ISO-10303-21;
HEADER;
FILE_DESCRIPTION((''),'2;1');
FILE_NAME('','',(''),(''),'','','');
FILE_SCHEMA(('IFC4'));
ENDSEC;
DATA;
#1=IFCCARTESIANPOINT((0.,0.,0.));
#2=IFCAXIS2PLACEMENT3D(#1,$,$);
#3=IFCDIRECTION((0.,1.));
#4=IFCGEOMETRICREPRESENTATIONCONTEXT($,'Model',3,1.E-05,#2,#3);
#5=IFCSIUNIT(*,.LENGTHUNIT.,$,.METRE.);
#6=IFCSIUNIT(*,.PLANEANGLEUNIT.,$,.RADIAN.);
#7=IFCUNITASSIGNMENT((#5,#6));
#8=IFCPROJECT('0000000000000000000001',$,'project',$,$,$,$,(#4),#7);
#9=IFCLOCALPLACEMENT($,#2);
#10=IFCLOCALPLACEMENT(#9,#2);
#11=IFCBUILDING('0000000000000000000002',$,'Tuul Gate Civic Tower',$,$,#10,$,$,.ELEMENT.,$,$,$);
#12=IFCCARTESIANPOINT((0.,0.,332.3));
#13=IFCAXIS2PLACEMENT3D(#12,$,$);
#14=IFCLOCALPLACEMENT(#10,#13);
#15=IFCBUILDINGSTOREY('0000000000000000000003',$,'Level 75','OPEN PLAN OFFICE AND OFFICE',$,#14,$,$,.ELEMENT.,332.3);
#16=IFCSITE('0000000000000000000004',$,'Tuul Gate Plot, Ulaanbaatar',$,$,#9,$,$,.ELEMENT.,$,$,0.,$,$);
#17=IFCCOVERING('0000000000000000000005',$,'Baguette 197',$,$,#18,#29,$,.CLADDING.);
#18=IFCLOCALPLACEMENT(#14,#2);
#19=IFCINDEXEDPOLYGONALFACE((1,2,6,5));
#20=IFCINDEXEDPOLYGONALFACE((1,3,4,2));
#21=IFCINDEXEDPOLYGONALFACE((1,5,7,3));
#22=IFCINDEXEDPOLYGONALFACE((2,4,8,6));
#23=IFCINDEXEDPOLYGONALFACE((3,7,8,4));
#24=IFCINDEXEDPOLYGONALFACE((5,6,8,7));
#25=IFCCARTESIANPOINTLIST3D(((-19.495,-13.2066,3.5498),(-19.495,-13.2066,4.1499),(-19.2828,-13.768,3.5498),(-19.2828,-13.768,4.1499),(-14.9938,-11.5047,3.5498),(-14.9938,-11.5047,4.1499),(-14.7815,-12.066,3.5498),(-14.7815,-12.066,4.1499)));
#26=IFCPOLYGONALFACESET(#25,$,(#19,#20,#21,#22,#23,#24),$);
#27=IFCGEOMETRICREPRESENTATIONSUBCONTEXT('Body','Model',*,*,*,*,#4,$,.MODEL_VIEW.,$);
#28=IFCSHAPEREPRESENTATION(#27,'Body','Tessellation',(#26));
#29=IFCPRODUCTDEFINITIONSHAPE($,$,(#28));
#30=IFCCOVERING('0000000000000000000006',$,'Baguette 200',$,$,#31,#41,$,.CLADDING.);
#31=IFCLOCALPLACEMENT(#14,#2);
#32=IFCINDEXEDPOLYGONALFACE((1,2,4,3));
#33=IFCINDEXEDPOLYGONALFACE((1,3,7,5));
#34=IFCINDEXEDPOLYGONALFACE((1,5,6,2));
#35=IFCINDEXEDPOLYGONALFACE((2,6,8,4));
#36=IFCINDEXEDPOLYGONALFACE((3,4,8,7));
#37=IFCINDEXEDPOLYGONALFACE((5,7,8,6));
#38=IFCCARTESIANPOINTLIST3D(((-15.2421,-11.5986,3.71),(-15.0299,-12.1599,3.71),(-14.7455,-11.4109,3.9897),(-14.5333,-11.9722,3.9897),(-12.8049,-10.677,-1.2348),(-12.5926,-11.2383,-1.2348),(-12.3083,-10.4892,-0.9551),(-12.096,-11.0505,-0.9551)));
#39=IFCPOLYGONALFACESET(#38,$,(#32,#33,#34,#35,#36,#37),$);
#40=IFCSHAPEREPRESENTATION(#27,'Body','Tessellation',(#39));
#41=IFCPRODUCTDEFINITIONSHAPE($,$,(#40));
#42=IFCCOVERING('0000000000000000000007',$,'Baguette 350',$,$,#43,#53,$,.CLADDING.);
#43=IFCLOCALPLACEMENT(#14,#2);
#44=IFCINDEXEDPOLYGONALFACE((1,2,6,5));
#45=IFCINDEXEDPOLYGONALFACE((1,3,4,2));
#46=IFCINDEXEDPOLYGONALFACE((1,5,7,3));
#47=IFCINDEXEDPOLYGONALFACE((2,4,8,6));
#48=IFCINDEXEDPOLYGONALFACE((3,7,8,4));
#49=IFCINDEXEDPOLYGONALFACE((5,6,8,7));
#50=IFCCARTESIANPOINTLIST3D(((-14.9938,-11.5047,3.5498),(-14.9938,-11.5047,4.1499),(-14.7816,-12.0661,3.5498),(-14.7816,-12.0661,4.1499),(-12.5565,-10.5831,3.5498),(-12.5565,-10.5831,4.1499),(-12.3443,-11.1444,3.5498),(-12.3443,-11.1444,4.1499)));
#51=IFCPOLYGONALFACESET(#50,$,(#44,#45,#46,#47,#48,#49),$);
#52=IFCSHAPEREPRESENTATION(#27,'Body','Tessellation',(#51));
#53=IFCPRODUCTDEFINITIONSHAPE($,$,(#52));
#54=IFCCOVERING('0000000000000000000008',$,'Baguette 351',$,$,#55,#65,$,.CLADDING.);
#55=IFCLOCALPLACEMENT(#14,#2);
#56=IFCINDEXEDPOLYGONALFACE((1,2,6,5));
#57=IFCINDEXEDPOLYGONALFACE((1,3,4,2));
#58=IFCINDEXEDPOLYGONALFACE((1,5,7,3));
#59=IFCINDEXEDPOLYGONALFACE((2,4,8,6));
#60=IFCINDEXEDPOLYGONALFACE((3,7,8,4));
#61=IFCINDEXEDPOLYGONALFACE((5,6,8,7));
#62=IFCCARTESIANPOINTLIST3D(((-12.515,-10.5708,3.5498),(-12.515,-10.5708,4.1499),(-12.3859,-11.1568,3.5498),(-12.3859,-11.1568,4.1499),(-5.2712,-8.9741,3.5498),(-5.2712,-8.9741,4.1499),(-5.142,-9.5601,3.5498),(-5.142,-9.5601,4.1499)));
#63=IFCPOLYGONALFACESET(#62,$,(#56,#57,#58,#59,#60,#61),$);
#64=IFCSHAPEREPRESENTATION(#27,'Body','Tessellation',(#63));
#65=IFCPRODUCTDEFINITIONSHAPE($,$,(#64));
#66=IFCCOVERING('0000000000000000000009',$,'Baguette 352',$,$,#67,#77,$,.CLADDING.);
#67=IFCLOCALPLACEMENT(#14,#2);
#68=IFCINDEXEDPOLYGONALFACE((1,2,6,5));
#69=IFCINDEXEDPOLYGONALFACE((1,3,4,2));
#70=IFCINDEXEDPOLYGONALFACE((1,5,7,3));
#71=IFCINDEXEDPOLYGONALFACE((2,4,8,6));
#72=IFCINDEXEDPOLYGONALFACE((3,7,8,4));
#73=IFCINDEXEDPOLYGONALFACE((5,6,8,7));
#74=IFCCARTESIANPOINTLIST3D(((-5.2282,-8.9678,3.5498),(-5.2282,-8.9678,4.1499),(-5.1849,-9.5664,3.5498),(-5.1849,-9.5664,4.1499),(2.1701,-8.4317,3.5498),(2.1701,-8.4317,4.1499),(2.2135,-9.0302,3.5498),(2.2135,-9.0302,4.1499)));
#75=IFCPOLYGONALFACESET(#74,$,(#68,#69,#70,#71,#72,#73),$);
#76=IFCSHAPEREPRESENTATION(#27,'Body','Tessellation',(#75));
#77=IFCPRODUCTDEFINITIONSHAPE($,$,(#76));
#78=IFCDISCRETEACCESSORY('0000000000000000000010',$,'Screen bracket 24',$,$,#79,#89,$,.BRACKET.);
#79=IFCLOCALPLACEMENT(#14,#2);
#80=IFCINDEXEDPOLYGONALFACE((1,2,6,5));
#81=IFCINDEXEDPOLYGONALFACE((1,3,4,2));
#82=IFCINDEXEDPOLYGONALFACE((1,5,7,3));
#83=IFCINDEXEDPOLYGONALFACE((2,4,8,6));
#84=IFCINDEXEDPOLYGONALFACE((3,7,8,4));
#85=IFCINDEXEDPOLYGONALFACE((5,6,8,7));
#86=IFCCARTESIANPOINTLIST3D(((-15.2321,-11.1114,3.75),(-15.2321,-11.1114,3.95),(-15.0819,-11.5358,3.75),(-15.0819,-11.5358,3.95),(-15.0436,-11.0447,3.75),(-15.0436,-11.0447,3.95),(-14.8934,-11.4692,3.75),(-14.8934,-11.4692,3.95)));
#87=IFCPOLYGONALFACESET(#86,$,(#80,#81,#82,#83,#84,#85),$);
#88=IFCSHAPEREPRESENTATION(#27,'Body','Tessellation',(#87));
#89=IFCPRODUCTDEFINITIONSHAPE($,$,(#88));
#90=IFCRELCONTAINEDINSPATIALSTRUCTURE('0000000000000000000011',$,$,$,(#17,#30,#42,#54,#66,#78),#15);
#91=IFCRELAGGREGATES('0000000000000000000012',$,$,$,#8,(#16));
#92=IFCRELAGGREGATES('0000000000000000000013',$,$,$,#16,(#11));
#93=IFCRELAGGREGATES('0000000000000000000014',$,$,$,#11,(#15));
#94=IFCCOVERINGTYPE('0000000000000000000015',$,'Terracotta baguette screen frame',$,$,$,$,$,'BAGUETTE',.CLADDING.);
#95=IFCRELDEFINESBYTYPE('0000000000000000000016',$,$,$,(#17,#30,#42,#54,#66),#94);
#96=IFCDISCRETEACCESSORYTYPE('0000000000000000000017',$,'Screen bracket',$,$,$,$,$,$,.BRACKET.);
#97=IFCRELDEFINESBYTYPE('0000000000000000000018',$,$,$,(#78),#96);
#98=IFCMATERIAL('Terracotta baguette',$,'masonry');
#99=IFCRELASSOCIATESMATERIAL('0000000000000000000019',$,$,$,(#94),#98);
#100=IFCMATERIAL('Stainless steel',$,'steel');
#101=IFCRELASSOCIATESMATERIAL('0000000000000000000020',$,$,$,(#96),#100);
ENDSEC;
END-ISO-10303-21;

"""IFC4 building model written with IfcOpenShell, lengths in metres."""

from ifc_helpers import new_model, si_unit, direction, frame, origin, origin_2d, place, context, subcontext, project, spatial, rectangle, extrude, material, material_profile, profile_set, type_object, element, save


model = new_model("IFC4")

# Units and contexts
model_context = context("Model", 3, precision=1e-05, world=origin(), true_north=direction((0.0, 1.0)))
body_context = subcontext(model_context, "Body", "Model", "MODEL_VIEW")
ifc_project = project(units=[si_unit("LENGTHUNIT", "METRE"), si_unit("PLANEANGLEUNIT", "RADIAN")], contexts=[model_context])

# Site, building, storey
site_placement = place(None, origin())
site = spatial("IfcSite", under=ifc_project, at=site_placement, Name="Tuul Gate Plot, Ulaanbaatar", CompositionType="ELEMENT", RefElevation=0.0)
building_placement = place(site_placement, origin())
building = spatial("IfcBuilding", under=site, at=building_placement, Name="Tuul Gate Civic Tower", CompositionType="ELEMENT")
storey_placement = place(building_placement, frame((0.0, 0.0, 332.3)))
storey = spatial("IfcBuildingStorey", under=building, at=storey_placement, Name="Level 75", Description="OPEN PLAN OFFICE AND OFFICE", CompositionType="ELEMENT", Elevation=332.3)

# Coverings
ifc_material_1 = material(Name="Terracotta baguette", Category="masonry")
ifc_material_profile_1 = material_profile(ifc_material_1, rectangle(XDim=0.6001, YDim=0.6001, at=origin_2d()), Name="Terracotta baguette screen frame")
ifc_profile_set_1 = profile_set([ifc_material_profile_1], Name="Terracotta baguette")
covering_type = type_object("IfcCoveringType", Name="Terracotta baguette screen frame", ElementType="BAGUETTE", PredefinedType="CLADDING", material=ifc_profile_set_1)
covering_1_placement = place(storey_placement, frame((-19.3889, -13.4873, 3.8499), z_axis=(0.935373, 0.353663, 0.0), x_axis=(-0.353663, 0.935373, 0.0)))
element("IfcCovering", 1, at=covering_1_placement, inside=storey, type_object=covering_type, Name="Baguette 197", PredefinedType="CLADDING", context=body_context, shape_type="SweptSolid", body=[
    extrude(rectangle(XDim=0.6001, YDim=0.6001, at=origin_2d()), origin(), (0.0, 0.0, 1.0), 4.8123),
])
covering_2_placement = place(storey_placement, frame((-14.8877, -11.7854, 3.8499), z_axis=(0.436053, 0.16489, -0.884686), x_axis=(-0.353699, 0.935359, 0.0)))
element("IfcCovering", 2, at=covering_2_placement, inside=storey, type_object=covering_type, Name="Baguette 200", PredefinedType="CLADDING", context=body_context, shape_type="SweptSolid", body=[
    extrude(rectangle(XDim=0.6001, YDim=0.6001, at=origin_2d()), origin(), (0.0, 0.0, 1.0), 5.5894),
])
covering_3_placement = place(storey_placement, frame((-14.8877, -11.7854, 3.8499), z_axis=(0.935359, 0.353699, 0.0), x_axis=(-0.353699, 0.935359, 0.0)))
element("IfcCovering", 3, at=covering_3_placement, inside=storey, type_object=covering_type, Name="Baguette 350", PredefinedType="CLADDING", context=body_context, shape_type="SweptSolid", body=[
    extrude(rectangle(XDim=0.6001, YDim=0.6001, at=origin_2d()), origin(), (0.0, 0.0, 1.0), 2.6057),
])
for number, where, z_axis, x_axis, name in (
    (4, (-12.4504, -10.8638, 3.8499), (0.976559, 0.21525, 0.0), (-0.21525, 0.976559, 0.0), "Baguette 351"),
    (5, (-5.2065, -9.2671, 3.8499), (0.997385, 0.072276, 0.0), (-0.072276, 0.997385, 0.0), "Baguette 352"),
):
    element("IfcCovering", number, at=place(storey_placement, frame(where, z_axis=z_axis, x_axis=x_axis)), inside=storey, type_object=covering_type, Name=name, PredefinedType="CLADDING", context=body_context, shape_type="SweptSolid", body=[
        extrude(rectangle(XDim=0.6001, YDim=0.6001, at=origin_2d()), origin(), (0.0, 0.0, 1.0), 7.4177),
    ])

# Discrete accessory
ifc_material_2 = material(Name="Stainless steel", Category="steel")
discrete_accessory_type = type_object("IfcDiscreteAccessoryType", Name="Screen bracket", PredefinedType="BRACKET", material=ifc_material_2)
discrete_accessory_placement = place(storey_placement, frame((-15.0627, -11.2903, 3.75), z_axis=(0.0, 0.0, 1.0), x_axis=(0.333468, -0.942761, 0.0)))
element("IfcDiscreteAccessory", 6, at=discrete_accessory_placement, inside=storey, type_object=discrete_accessory_type, Name="Screen bracket 24", PredefinedType="BRACKET", context=body_context, shape_type="SweptSolid", body=[
    extrude(rectangle(XDim=0.4502, YDim=0.2, at=origin_2d()), origin(), (0.0, 0.0, 1.0), 0.2),
])

save(model, "model.ifc")
